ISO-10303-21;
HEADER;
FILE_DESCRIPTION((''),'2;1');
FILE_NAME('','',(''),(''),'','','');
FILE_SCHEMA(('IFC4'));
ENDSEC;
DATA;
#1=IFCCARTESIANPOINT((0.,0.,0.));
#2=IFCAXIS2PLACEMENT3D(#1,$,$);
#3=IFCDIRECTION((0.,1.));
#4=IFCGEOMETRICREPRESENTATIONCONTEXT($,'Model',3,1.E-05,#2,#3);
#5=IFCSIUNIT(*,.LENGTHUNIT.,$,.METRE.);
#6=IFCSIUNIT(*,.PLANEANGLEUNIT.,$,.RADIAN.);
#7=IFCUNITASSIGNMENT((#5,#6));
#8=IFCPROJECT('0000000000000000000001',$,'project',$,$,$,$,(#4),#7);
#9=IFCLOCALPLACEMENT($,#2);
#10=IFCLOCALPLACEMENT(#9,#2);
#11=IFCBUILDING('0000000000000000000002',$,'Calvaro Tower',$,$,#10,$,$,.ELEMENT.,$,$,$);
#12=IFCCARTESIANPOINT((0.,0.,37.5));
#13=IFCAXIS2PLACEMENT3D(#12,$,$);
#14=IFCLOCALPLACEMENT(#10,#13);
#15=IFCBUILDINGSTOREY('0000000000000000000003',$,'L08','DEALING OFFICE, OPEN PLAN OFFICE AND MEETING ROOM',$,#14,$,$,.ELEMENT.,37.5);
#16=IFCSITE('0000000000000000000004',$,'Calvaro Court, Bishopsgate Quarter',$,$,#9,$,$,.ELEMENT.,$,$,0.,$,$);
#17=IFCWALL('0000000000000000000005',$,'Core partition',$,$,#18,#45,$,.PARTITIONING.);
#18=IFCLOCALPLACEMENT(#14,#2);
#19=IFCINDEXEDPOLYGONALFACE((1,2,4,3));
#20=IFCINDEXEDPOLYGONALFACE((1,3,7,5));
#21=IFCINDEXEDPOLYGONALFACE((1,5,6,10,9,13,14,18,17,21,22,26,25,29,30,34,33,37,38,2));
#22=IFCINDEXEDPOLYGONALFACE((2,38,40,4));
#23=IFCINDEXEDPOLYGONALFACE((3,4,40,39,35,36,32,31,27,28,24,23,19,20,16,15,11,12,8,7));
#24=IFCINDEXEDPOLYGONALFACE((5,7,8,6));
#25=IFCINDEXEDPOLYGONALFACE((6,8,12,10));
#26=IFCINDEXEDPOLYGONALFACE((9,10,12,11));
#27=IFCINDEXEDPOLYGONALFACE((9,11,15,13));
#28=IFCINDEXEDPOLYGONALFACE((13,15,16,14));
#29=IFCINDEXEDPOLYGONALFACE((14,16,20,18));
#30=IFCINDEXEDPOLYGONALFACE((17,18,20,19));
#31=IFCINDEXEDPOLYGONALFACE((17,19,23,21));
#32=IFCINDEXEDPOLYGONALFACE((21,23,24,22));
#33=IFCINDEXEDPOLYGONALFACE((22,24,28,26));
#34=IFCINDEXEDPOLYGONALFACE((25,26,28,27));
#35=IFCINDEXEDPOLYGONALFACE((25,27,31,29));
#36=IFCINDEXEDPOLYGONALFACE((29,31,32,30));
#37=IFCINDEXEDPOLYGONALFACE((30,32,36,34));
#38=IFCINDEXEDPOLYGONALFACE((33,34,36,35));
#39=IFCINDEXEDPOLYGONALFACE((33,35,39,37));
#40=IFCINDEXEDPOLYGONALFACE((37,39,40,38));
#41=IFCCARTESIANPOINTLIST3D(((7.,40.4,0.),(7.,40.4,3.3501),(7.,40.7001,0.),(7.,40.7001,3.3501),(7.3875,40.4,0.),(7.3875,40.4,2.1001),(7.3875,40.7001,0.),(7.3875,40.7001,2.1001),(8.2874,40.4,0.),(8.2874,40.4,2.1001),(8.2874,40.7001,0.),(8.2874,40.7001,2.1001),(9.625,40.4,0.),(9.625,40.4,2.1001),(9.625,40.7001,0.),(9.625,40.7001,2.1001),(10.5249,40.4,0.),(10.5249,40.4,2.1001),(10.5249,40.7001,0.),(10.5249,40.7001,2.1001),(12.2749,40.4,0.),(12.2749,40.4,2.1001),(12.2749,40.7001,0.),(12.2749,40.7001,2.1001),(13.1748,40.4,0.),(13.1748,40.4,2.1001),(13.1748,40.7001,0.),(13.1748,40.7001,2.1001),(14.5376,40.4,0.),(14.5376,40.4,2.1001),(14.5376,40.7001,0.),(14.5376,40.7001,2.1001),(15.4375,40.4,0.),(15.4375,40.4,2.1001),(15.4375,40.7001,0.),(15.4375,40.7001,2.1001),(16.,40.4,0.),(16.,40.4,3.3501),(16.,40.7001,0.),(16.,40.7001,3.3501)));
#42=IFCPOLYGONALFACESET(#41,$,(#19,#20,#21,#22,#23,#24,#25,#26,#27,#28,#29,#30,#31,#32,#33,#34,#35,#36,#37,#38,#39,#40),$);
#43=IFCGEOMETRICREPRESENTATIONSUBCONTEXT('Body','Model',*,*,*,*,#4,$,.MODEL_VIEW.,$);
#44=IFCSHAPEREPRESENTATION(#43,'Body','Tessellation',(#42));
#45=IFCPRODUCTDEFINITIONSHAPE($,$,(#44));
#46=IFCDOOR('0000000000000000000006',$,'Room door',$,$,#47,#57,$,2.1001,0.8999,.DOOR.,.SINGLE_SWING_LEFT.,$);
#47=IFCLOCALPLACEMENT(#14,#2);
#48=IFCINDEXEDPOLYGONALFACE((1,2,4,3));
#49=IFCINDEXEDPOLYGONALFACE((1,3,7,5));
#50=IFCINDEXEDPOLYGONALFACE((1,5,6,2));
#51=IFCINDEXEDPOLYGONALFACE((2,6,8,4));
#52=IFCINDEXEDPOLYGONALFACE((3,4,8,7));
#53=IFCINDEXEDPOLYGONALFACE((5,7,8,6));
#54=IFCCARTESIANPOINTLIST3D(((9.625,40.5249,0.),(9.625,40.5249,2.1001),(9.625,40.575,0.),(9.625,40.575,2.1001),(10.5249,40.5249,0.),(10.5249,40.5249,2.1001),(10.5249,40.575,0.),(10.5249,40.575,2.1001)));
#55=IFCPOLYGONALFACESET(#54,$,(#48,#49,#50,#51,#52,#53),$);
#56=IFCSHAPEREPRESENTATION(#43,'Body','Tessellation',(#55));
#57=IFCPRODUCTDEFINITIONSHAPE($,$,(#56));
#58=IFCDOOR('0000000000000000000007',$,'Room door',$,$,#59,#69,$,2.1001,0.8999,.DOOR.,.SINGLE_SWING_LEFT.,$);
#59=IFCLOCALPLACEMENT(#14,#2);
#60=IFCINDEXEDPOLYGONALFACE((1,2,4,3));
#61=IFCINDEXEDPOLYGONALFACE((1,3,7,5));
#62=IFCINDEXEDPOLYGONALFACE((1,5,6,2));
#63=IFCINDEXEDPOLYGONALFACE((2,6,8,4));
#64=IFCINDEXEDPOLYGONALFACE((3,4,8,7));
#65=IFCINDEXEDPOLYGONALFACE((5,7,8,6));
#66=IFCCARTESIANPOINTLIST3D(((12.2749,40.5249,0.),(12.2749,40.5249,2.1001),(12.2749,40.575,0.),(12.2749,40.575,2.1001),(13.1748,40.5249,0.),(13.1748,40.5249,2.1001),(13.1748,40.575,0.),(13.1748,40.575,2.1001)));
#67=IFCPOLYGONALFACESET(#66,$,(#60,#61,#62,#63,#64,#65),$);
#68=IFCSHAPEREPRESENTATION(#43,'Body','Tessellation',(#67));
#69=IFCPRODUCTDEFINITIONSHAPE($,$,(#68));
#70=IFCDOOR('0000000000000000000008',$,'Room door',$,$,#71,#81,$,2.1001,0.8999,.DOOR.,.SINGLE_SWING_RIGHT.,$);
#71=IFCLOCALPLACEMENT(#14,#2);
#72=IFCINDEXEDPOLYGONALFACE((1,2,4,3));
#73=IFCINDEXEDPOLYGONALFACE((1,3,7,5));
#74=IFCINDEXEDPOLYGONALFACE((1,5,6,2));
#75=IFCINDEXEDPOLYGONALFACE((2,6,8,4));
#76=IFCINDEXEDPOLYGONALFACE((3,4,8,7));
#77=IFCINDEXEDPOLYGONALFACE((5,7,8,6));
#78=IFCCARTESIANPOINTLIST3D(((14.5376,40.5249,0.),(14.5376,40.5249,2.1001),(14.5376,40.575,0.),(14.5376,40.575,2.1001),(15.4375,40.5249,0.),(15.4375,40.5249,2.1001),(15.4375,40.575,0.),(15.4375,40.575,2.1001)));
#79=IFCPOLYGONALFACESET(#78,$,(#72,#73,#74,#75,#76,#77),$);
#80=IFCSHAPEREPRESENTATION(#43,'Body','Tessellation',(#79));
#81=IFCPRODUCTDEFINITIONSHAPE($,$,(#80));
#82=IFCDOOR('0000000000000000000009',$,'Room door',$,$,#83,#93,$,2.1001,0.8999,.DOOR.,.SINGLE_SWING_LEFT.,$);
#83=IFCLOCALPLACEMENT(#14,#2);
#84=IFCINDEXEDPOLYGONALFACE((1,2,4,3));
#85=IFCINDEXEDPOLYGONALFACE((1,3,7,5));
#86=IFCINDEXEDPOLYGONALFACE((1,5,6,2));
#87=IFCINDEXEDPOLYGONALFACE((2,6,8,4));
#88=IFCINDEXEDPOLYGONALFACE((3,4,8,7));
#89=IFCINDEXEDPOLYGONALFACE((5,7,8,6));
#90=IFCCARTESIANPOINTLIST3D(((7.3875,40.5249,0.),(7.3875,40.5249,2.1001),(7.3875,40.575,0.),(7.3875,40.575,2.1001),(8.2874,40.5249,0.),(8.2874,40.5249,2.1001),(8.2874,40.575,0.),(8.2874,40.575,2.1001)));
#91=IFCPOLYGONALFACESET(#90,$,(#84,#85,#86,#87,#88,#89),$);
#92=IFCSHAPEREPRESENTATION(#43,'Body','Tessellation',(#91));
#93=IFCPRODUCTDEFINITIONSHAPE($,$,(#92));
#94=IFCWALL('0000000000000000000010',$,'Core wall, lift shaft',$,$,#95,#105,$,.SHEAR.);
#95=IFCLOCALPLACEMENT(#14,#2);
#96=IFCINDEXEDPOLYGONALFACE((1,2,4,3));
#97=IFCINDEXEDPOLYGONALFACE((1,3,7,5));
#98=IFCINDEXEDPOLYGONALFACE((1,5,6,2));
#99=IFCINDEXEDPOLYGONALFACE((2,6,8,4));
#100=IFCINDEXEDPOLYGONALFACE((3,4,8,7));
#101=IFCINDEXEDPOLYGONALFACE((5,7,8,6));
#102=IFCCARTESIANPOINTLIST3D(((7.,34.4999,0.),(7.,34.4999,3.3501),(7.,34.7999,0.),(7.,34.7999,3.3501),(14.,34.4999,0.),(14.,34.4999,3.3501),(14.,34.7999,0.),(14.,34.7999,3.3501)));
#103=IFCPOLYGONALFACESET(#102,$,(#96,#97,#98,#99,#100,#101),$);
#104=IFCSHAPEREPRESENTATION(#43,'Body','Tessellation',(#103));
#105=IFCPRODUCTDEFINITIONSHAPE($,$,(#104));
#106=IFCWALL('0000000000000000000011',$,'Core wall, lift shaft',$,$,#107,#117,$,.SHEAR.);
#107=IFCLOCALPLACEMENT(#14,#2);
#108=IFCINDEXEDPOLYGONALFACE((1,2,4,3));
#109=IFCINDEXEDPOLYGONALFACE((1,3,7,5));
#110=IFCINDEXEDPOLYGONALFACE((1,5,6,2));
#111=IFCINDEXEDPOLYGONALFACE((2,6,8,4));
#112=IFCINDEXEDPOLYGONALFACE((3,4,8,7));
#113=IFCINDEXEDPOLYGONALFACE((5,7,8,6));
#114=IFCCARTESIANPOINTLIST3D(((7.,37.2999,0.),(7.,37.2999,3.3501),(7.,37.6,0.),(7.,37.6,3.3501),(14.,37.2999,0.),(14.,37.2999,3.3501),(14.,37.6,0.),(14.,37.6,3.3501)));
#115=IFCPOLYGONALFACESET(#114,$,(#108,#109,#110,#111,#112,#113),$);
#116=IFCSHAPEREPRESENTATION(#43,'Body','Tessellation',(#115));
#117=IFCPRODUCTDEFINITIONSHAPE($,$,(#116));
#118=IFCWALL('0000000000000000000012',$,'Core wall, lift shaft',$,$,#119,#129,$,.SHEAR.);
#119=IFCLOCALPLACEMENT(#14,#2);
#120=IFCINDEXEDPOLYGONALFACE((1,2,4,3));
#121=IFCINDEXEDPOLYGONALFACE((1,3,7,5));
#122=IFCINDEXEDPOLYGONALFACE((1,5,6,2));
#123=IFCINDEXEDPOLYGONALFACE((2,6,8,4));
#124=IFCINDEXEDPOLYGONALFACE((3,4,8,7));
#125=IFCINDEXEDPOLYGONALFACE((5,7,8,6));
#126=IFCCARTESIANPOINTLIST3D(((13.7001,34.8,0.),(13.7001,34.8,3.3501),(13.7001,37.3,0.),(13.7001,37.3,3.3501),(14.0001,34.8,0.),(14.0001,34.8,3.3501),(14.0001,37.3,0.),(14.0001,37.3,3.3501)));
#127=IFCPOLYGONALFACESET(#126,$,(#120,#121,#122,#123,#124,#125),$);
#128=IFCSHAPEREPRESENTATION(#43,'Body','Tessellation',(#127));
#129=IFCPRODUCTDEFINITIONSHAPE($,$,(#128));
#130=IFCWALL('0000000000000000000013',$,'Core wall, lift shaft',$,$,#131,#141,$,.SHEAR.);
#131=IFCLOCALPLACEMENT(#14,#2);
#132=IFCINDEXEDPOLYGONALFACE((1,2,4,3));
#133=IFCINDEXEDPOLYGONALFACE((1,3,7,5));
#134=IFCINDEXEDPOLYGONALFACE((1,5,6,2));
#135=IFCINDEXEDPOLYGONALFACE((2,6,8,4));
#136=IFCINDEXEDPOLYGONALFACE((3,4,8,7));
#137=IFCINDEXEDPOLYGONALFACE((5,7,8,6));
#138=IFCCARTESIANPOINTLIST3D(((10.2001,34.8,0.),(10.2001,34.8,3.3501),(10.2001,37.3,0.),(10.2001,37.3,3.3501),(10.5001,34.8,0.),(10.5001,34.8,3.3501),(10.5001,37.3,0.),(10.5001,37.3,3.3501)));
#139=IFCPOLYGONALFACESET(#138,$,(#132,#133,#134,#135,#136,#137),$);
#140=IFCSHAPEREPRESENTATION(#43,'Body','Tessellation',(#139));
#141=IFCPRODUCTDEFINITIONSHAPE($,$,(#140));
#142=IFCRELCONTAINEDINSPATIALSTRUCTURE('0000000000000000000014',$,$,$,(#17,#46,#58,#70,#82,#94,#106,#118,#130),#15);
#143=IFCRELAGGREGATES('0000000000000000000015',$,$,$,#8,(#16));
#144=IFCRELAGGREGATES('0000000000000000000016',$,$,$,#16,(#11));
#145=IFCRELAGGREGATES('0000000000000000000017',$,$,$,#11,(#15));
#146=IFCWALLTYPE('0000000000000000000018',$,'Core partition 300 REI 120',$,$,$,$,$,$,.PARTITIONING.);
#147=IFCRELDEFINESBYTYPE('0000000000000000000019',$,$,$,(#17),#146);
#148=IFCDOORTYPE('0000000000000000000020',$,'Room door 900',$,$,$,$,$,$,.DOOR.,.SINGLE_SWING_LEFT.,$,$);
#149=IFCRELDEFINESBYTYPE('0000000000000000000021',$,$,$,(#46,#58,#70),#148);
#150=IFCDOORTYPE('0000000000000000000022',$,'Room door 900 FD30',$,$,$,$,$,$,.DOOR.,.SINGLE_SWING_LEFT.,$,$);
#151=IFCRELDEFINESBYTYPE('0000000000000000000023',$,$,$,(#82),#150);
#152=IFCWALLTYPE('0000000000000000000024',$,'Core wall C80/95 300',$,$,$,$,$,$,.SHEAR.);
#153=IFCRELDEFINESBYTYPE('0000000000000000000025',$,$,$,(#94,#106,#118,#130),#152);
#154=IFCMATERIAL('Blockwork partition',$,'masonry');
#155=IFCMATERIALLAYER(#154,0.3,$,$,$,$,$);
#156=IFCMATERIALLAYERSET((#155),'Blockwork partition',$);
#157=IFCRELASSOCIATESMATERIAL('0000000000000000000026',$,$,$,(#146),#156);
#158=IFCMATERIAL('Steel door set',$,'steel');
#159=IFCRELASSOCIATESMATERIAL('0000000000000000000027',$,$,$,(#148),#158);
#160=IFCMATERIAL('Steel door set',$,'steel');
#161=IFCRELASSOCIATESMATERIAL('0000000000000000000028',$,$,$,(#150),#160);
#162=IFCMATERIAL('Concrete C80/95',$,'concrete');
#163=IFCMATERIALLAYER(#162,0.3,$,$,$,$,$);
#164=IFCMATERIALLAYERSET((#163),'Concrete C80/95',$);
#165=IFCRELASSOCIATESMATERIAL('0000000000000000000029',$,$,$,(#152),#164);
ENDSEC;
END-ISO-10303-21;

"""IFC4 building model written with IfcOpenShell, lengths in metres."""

from ifc_helpers import new_model, si_unit, direction, frame, frame_2d, origin, place, context, subcontext, project, spatial, rectangle, extrude, material, layer, layer_set, type_object, element, fill, save


model = new_model("IFC4")

# Units and contexts
model_context = context("Model", 3, precision=1e-05, world=origin(), true_north=direction((0.0, 1.0)))
body_context = subcontext(model_context, "Body", "Model", "MODEL_VIEW")
ifc_project = project(units=[si_unit("LENGTHUNIT", "METRE"), si_unit("PLANEANGLEUNIT", "RADIAN")], contexts=[model_context])

# Site, building, storey
site_placement = place(None, origin())
site = spatial("IfcSite", under=ifc_project, at=site_placement, Name="Calvaro Court, Bishopsgate Quarter", CompositionType="ELEMENT", RefElevation=0.0)
building_placement = place(site_placement, origin())
building = spatial("IfcBuilding", under=site, at=building_placement, Name="Calvaro Tower", CompositionType="ELEMENT")
storey_placement = place(building_placement, frame((0.0, 0.0, 37.5)))
storey = spatial("IfcBuildingStorey", under=building, at=storey_placement, Name="L08", Description="DEALING OFFICE, OPEN PLAN OFFICE AND MEETING ROOM", CompositionType="ELEMENT", Elevation=37.5)

# Wall, openings, doors
ifc_material_1 = material(Name="Blockwork partition", Category="masonry")
ifc_layer_1 = layer(ifc_material_1, 0.3)
ifc_layer_set_1 = layer_set([ifc_layer_1], Name="Blockwork partition")
wall_type_1 = type_object("IfcWallType", Name="Core partition 300 REI 120", PredefinedType="PARTITIONING", material=ifc_layer_set_1)
wall_1_placement = place(storey_placement, frame((7.0, 40.55, 0.0), z_axis=(0.0, 0.0, 1.0), x_axis=(1.0, 0.0, 0.0)))
wall_1 = element("IfcWall", 1, at=wall_1_placement, inside=storey, type_object=wall_type_1, Name="Core partition", PredefinedType="PARTITIONING", context=body_context, shape_type="SweptSolid", body=[
    extrude(rectangle(XDim=9.0, YDim=0.3, at=frame_2d((4.5, 0.0))), origin(), (0.0, 0.0, 1.0), 3.3501),
])
opening_1_placement = place(wall_1_placement, frame((0.3875, 0.0, 0.0)))
opening_1 = element("IfcOpeningElement", 2, at=opening_1_placement, cuts=wall_1, PredefinedType="OPENING", context=body_context, shape_type="SweptSolid", body=[
    extrude(rectangle(XDim=0.8999, YDim=2.1001, at=frame_2d((0.45, 1.05))), frame((0.0, 0.1599, 0.0), z_axis=(0.0, -1.0, 0.0), x_axis=(1.0, 0.0, 0.0)), (0.0, 0.0, 1.0), 0.3201),
])
opening_2_placement = place(wall_1_placement, frame((2.625, 0.0, 0.0)))
opening_2 = element("IfcOpeningElement", 3, at=opening_2_placement, cuts=wall_1, PredefinedType="OPENING", context=body_context, shape_type="SweptSolid", body=[
    extrude(rectangle(XDim=0.8999, YDim=2.1001, at=frame_2d((0.45, 1.05))), frame((0.0, 0.1599, 0.0), z_axis=(0.0, -1.0, 0.0), x_axis=(1.0, 0.0, 0.0)), (0.0, 0.0, 1.0), 0.3201),
])
opening_3_placement = place(wall_1_placement, frame((5.2749, 0.0, 0.0)))
opening_3 = element("IfcOpeningElement", 4, at=opening_3_placement, cuts=wall_1, PredefinedType="OPENING", context=body_context, shape_type="SweptSolid", body=[
    extrude(rectangle(XDim=0.8999, YDim=2.1001, at=frame_2d((0.45, 1.05))), frame((0.0, 0.1599, 0.0), z_axis=(0.0, -1.0, 0.0), x_axis=(1.0, 0.0, 0.0)), (0.0, 0.0, 1.0), 0.3201),
])
opening_4_placement = place(wall_1_placement, frame((7.5376, 0.0, 0.0)))
opening_4 = element("IfcOpeningElement", 5, at=opening_4_placement, cuts=wall_1, PredefinedType="OPENING", context=body_context, shape_type="SweptSolid", body=[
    extrude(rectangle(XDim=0.8999, YDim=2.1001, at=frame_2d((0.45, 1.05))), frame((0.0, 0.1599, 0.0), z_axis=(0.0, -1.0, 0.0), x_axis=(1.0, 0.0, 0.0)), (0.0, 0.0, 1.0), 0.3201),
])
ifc_material_2 = material(Name="Steel door set", Category="steel")
door_type_1 = type_object("IfcDoorType", Name="Room door 900", OperationType="SINGLE_SWING_LEFT", PredefinedType="DOOR", material=ifc_material_2)
door_1_placement = place(opening_2_placement, origin())
door_1 = element("IfcDoor", 6, at=door_1_placement, inside=storey, type_object=door_type_1, Name="Room door", OperationType="SINGLE_SWING_LEFT", OverallHeight=2.1001, OverallWidth=0.8999, PredefinedType="DOOR", context=body_context, shape_type="SweptSolid", body=[
    extrude(rectangle(XDim=0.8999, YDim=2.1001, at=frame_2d((0.45, 1.05))), frame((0.0, 0.0249, 0.0), z_axis=(0.0, -1.0, 0.0), x_axis=(1.0, 0.0, 0.0)), (0.0, 0.0, 1.0), 0.05),
])
fill(opening_2, door_1)
door_2_placement = place(opening_3_placement, origin())
door_2 = element("IfcDoor", 7, at=door_2_placement, inside=storey, type_object=door_type_1, Name="Room door", OperationType="SINGLE_SWING_LEFT", OverallHeight=2.1001, OverallWidth=0.8999, PredefinedType="DOOR", context=body_context, shape_type="SweptSolid", body=[
    extrude(rectangle(XDim=0.8999, YDim=2.1001, at=frame_2d((0.45, 1.05))), frame((0.0, 0.0249, 0.0), z_axis=(0.0, -1.0, 0.0), x_axis=(1.0, 0.0, 0.0)), (0.0, 0.0, 1.0), 0.05),
])
fill(opening_3, door_2)
door_3_placement = place(opening_4_placement, origin())
door_3 = element("IfcDoor", 8, at=door_3_placement, inside=storey, type_object=door_type_1, Name="Room door", OperationType="SINGLE_SWING_RIGHT", OverallHeight=2.1001, OverallWidth=0.8999, PredefinedType="DOOR", context=body_context, shape_type="SweptSolid", body=[
    extrude(rectangle(XDim=0.8999, YDim=2.1001, at=frame_2d((0.45, 1.05))), frame((0.0, 0.0249, 0.0), z_axis=(0.0, -1.0, 0.0), x_axis=(1.0, 0.0, 0.0)), (0.0, 0.0, 1.0), 0.05),
])
fill(opening_4, door_3)
ifc_material_3 = material(Name="Steel door set", Category="steel")
door_type_2 = type_object("IfcDoorType", Name="Room door 900 FD30", OperationType="SINGLE_SWING_LEFT", PredefinedType="DOOR", material=ifc_material_3)
door_4_placement = place(opening_1_placement, origin())
door_4 = element("IfcDoor", 9, at=door_4_placement, inside=storey, type_object=door_type_2, Name="Room door", OperationType="SINGLE_SWING_LEFT", OverallHeight=2.1001, OverallWidth=0.8999, PredefinedType="DOOR", context=body_context, shape_type="SweptSolid", body=[
    extrude(rectangle(XDim=0.8999, YDim=2.1001, at=frame_2d((0.45, 1.05))), frame((0.0, 0.0249, 0.0), z_axis=(0.0, -1.0, 0.0), x_axis=(1.0, 0.0, 0.0)), (0.0, 0.0, 1.0), 0.05),
])
fill(opening_1, door_4)

# Walls
ifc_material_4 = material(Name="Concrete C80/95", Category="concrete")
ifc_layer_2 = layer(ifc_material_4, 0.3)
ifc_layer_set_2 = layer_set([ifc_layer_2], Name="Concrete C80/95")
wall_type_2 = type_object("IfcWallType", Name="Core wall C80/95 300", PredefinedType="SHEAR", material=ifc_layer_set_2)
for number, where, z_axis, x_axis, name in (
    (10, (7.0, 34.6499, 0.0), (0.0, 0.0, 1.0), (1.0, 0.0, 0.0), "Core wall, lift shaft"),
    (11, (7.0, 37.45, 0.0), (0.0, 0.0, 1.0), (1.0, 0.0, 0.0), "Core wall, lift shaft"),
):
    element("IfcWall", number, at=place(storey_placement, frame(where, z_axis=z_axis, x_axis=x_axis)), inside=storey, type_object=wall_type_2, Name=name, PredefinedType="SHEAR", context=body_context, shape_type="SweptSolid", body=[
        extrude(rectangle(XDim=7.0, YDim=0.3, at=frame_2d((3.5, 0.0))), origin(), (0.0, 0.0, 1.0), 3.3501),
    ])
for number, where, z_axis, x_axis, name in (
    (12, (13.8501, 34.8, 0.0), (0.0, 0.0, 1.0), (0.0, 1.0, 0.0), "Core wall, lift shaft"),
    (13, (10.3501, 34.8, 0.0), (0.0, 0.0, 1.0), (0.0, 1.0, 0.0), "Core wall, lift shaft"),
):
    element("IfcWall", number, at=place(storey_placement, frame(where, z_axis=z_axis, x_axis=x_axis)), inside=storey, type_object=wall_type_2, Name=name, PredefinedType="SHEAR", context=body_context, shape_type="SweptSolid", body=[
        extrude(rectangle(XDim=2.5, YDim=0.3, at=frame_2d((1.25, 0.0))), origin(), (0.0, 0.0, 1.0), 3.3501),
    ])

save(model, "model.ifc")
